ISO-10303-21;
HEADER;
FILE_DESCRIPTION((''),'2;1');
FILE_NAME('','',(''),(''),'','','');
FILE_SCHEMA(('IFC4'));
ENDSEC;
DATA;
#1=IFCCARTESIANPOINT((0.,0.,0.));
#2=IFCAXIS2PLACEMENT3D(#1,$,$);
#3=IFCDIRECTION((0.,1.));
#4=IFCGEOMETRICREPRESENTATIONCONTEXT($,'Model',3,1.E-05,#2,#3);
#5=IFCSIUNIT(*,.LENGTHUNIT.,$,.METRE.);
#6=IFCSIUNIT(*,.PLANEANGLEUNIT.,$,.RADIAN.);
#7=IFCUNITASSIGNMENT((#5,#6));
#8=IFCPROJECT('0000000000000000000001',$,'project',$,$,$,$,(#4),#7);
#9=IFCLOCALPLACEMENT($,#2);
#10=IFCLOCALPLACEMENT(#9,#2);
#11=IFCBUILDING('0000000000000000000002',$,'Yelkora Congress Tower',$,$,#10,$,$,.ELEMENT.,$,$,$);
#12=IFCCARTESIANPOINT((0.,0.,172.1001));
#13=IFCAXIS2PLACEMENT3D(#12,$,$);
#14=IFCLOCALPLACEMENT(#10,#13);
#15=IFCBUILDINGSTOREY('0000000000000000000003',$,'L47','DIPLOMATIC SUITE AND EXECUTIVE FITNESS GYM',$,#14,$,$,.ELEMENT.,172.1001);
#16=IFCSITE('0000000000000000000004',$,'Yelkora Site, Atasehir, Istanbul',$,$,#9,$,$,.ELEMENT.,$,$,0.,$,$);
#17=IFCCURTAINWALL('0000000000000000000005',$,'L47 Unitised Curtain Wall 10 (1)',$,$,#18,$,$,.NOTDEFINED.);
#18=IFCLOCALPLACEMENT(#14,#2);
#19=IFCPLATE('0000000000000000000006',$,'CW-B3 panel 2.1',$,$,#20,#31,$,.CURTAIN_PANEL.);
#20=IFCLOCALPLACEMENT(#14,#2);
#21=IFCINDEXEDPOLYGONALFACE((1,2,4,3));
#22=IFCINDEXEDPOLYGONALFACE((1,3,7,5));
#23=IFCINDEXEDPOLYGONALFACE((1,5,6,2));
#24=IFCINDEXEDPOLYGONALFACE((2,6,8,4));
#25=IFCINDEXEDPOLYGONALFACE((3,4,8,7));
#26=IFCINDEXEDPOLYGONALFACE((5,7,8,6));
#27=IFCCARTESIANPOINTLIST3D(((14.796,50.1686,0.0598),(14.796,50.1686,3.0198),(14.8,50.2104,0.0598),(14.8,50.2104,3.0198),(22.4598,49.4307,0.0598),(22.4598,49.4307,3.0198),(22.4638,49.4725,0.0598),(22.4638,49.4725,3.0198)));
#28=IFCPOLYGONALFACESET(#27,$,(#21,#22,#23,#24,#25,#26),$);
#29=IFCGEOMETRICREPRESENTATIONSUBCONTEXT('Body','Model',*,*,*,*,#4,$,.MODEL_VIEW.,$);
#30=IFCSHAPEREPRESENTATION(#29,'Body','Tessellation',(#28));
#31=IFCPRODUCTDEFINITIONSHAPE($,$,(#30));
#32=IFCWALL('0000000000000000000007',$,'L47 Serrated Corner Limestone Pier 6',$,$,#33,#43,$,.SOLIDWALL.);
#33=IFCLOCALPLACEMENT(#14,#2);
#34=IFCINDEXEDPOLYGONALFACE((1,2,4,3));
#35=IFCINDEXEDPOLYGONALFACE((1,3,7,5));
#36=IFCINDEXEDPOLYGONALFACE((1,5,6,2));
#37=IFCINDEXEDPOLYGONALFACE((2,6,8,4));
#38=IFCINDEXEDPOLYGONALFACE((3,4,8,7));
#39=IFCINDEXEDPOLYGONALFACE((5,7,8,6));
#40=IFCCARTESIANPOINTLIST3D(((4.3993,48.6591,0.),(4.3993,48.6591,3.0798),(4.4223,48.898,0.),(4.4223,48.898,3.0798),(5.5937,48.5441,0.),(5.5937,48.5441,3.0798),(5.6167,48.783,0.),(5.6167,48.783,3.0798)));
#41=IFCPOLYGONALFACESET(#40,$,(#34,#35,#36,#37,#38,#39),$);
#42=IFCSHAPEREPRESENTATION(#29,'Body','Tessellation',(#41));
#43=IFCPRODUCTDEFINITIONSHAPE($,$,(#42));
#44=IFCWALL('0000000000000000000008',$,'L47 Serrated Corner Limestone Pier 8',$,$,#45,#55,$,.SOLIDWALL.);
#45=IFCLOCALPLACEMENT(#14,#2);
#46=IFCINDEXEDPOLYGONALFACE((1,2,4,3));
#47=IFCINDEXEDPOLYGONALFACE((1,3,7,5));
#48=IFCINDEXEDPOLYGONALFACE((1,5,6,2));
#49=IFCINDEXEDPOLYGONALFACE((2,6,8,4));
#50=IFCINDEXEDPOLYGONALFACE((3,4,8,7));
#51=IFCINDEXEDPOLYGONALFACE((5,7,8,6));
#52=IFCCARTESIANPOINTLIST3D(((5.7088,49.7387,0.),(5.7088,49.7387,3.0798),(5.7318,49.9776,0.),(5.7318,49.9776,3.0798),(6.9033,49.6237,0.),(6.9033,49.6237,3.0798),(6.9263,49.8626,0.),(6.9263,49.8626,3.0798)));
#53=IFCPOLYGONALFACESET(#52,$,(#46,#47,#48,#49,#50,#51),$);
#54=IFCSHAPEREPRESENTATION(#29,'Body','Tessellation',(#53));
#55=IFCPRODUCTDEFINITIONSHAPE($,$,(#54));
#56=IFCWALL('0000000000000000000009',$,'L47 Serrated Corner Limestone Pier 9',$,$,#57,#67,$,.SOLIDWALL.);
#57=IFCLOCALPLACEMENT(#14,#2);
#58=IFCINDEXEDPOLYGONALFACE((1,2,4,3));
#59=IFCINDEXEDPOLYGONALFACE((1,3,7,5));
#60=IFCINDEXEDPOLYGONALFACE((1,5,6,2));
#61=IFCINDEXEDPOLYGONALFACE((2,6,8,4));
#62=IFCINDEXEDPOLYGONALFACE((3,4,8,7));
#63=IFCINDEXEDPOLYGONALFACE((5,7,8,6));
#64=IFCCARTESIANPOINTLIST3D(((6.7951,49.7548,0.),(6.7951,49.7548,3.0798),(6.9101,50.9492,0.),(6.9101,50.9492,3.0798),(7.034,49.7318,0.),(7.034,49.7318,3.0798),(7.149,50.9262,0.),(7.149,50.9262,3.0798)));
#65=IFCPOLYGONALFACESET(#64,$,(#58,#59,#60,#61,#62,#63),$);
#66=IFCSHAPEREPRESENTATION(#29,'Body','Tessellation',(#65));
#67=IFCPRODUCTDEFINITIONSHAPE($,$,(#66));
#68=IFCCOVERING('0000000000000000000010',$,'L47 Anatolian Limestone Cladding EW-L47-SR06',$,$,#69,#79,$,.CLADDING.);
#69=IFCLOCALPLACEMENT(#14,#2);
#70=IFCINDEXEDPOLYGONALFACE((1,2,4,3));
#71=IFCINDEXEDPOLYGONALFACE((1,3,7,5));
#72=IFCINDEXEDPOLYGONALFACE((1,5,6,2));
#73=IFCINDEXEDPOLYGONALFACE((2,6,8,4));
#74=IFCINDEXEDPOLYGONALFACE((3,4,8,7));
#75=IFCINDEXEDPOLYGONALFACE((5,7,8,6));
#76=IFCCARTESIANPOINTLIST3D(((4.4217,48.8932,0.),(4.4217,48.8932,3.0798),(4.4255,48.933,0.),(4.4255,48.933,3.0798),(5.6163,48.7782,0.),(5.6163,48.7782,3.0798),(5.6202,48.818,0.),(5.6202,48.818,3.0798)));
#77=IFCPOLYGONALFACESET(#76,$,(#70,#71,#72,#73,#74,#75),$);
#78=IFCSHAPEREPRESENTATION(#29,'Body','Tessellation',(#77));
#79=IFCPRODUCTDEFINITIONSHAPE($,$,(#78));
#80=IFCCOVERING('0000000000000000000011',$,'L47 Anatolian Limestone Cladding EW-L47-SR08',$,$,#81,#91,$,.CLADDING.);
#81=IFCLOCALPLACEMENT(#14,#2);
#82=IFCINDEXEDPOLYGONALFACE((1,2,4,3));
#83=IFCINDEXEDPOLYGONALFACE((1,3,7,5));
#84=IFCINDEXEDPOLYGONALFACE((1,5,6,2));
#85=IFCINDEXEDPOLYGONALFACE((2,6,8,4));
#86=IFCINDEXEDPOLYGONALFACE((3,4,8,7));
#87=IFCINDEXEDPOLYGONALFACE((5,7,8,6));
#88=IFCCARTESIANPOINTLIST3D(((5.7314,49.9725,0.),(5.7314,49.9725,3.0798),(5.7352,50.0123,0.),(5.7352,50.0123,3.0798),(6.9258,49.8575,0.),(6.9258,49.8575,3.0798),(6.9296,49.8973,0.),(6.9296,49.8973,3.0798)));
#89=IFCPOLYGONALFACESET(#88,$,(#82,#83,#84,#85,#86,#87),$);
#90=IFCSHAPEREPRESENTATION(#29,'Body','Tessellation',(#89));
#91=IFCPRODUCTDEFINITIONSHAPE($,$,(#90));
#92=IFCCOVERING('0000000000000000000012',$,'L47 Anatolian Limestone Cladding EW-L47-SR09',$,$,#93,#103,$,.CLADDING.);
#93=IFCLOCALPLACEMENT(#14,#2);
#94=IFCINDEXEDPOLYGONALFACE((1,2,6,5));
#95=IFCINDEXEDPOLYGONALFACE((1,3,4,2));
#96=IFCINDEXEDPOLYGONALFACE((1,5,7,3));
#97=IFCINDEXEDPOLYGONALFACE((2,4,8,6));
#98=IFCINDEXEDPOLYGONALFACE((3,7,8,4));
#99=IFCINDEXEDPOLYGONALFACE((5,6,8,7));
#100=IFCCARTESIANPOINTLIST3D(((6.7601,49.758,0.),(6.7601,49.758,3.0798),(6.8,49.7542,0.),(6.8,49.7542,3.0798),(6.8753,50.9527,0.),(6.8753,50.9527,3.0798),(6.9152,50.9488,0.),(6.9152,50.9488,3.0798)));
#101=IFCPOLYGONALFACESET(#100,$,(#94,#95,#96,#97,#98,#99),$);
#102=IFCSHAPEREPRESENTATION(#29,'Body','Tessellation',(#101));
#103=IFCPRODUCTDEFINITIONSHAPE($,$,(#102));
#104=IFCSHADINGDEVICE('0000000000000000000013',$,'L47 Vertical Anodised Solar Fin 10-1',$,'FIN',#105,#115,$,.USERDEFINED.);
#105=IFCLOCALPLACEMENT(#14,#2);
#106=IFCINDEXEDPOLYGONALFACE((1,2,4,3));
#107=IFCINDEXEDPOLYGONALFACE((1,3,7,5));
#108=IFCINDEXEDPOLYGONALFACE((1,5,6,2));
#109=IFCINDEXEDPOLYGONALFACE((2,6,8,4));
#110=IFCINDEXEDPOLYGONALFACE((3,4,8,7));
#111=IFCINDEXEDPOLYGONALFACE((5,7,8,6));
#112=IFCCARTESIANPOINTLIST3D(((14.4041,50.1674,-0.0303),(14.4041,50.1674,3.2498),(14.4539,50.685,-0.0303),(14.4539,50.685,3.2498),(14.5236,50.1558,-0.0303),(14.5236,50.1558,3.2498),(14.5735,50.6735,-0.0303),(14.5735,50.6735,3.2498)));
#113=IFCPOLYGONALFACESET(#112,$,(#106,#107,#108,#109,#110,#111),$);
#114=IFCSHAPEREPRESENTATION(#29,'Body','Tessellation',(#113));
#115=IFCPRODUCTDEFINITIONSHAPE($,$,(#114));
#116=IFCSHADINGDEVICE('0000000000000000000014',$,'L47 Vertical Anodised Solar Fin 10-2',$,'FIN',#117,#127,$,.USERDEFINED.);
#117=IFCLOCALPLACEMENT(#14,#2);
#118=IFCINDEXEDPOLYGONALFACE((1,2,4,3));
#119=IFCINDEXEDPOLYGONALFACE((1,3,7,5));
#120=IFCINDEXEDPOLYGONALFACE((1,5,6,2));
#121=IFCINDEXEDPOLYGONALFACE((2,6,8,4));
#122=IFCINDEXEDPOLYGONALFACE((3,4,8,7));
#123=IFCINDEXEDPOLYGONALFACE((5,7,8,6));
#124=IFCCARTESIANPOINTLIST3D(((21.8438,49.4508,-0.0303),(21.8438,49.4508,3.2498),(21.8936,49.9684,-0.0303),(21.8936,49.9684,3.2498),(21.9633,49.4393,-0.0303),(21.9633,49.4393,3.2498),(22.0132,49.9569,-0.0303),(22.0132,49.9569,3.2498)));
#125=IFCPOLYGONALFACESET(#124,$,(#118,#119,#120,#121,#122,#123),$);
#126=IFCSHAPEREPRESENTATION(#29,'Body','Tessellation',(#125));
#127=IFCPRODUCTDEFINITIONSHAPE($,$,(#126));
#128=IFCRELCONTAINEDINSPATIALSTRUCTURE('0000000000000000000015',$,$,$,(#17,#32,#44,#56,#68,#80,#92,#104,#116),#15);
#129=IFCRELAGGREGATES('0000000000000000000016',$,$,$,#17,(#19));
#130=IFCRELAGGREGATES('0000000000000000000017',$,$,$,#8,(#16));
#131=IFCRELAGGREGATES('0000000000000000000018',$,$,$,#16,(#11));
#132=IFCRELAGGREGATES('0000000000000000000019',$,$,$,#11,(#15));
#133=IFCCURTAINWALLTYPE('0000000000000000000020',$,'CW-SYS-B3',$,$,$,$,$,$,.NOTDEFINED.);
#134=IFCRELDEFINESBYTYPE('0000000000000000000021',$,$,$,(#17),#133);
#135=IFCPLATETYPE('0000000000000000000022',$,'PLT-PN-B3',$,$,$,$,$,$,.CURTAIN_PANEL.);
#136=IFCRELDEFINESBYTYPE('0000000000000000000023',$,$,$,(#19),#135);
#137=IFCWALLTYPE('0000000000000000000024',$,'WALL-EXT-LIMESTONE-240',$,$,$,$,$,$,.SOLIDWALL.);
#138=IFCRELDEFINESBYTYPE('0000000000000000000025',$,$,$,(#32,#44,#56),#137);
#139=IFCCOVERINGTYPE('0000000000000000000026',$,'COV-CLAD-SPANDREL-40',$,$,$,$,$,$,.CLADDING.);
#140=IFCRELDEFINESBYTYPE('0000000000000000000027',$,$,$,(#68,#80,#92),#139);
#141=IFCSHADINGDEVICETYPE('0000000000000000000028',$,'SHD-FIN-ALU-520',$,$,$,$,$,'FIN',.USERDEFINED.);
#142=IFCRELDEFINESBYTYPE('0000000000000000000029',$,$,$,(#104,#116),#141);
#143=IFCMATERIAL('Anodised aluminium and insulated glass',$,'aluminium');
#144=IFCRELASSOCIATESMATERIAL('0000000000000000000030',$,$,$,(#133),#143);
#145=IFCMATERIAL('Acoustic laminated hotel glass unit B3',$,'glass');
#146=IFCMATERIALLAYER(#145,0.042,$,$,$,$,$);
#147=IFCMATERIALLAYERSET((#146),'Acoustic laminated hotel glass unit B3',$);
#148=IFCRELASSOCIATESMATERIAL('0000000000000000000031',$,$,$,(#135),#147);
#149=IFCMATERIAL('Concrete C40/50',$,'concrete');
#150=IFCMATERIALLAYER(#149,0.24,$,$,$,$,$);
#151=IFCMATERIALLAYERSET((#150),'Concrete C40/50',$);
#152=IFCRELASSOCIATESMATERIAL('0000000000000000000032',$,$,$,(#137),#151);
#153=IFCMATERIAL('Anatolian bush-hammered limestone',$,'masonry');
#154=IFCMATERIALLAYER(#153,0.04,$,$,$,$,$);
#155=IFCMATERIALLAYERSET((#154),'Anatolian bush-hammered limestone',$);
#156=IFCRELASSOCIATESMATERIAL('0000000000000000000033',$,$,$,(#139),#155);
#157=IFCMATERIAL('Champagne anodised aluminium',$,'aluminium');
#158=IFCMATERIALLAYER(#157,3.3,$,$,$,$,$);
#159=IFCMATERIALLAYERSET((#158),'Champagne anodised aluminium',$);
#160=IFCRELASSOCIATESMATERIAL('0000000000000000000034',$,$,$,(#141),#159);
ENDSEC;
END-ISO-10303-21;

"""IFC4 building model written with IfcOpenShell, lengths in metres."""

from ifc_helpers import new_model, si_unit, direction, frame, frame_2d, origin, origin_2d, place, context, subcontext, project, spatial, rectangle, extrude, material, layer, layer_set, type_object, element, aggregate, save


model = new_model("IFC4")

# Units and contexts
model_context = context("Model", 3, precision=1e-05, world=origin(), true_north=direction((0.0, 1.0)))
body_context = subcontext(model_context, "Body", "Model", "MODEL_VIEW")
ifc_project = project(units=[si_unit("LENGTHUNIT", "METRE"), si_unit("PLANEANGLEUNIT", "RADIAN")], contexts=[model_context])

# Site, building, storey
site_placement = place(None, origin())
site = spatial("IfcSite", under=ifc_project, at=site_placement, Name="Yelkora Site, Atasehir, Istanbul", CompositionType="ELEMENT", RefElevation=0.0)
building_placement = place(site_placement, origin())
building = spatial("IfcBuilding", under=site, at=building_placement, Name="Yelkora Congress Tower", CompositionType="ELEMENT")
storey_placement = place(building_placement, frame((0.0, 0.0, 172.1001)))
storey = spatial("IfcBuildingStorey", under=building, at=storey_placement, Name="L47", Description="DIPLOMATIC SUITE AND EXECUTIVE FITNESS GYM", CompositionType="ELEMENT", Elevation=172.1001)

# Shared definitions
ifc_material_1 = material(Name="Anodised aluminium and insulated glass", Category="aluminium")
curtain_wall_type = type_object("IfcCurtainWallType", Name="CW-SYS-B3", PredefinedType="NOTDEFINED", material=ifc_material_1)

# Curtain wall, plate
curtain_wall_1_placement = place(storey_placement, origin())
curtain_wall_1 = element("IfcCurtainWall", 1, at=curtain_wall_1_placement, inside=storey, type_object=curtain_wall_type, Name="L47 Unitised Curtain Wall 10 (1)", PredefinedType="NOTDEFINED")
ifc_material_2 = material(Name="Acoustic laminated hotel glass unit B3", Category="glass")
ifc_layer_1 = layer(ifc_material_2, 0.042)
ifc_layer_set_1 = layer_set([ifc_layer_1], Name="Acoustic laminated hotel glass unit B3")
plate_type = type_object("IfcPlateType", Name="PLT-PN-B3", PredefinedType="CURTAIN_PANEL", material=ifc_layer_set_1)
plate_1_placement = place(storey_placement, frame((18.6299, 49.8206, 0.0598), z_axis=(0.0, 0.0, 1.0), x_axis=(0.995396, -0.095845, 0.0)))
plate_1 = element("IfcPlate", 2, at=plate_1_placement, type_object=plate_type, Name="CW-B3 panel 2.1", PredefinedType="CURTAIN_PANEL", context=body_context, shape_type="SweptSolid", body=[
    extrude(rectangle(XDim=7.6992, YDim=0.042, at=origin_2d()), origin(), (0.0, 0.0, 1.0), 2.96),
])
aggregate(curtain_wall_1, [plate_1])

# Walls
ifc_material_3 = material(Name="Concrete C40/50", Category="concrete")
ifc_layer_2 = layer(ifc_material_3, 0.24)
ifc_layer_set_2 = layer_set([ifc_layer_2], Name="Concrete C40/50")
wall_type = type_object("IfcWallType", Name="WALL-EXT-LIMESTONE-240", PredefinedType="SOLIDWALL", material=ifc_layer_set_2)
for number, where, z_axis, x_axis, name in (
    (3, (4.4106, 48.7786, 0.0), (0.0, 0.0, 1.0), (0.995397, -0.095836, 0.0), "L47 Serrated Corner Limestone Pier 6"),
    (4, (5.7202, 49.8582, 0.0), (0.0, 0.0, 1.0), (0.995397, -0.095836, 0.0), "L47 Serrated Corner Limestone Pier 8"),
    (5, (6.9146, 49.7432, 0.0), (0.0, 0.0, 1.0), (0.095836, 0.995397, 0.0), "L47 Serrated Corner Limestone Pier 9"),
):
    element("IfcWall", number, at=place(storey_placement, frame(where, z_axis=z_axis, x_axis=x_axis)), inside=storey, type_object=wall_type, Name=name, PredefinedType="SOLIDWALL", context=body_context, shape_type="SweptSolid", body=[
        extrude(rectangle(XDim=1.2, YDim=0.24, at=frame_2d((0.6001, 0.0))), origin(), (0.0, 0.0, 1.0), 3.0798),
    ])

# Coverings
ifc_material_4 = material(Name="Anatolian bush-hammered limestone", Category="masonry")
ifc_layer_3 = layer(ifc_material_4, 0.04)
ifc_layer_set_3 = layer_set([ifc_layer_3], Name="Anatolian bush-hammered limestone")
covering_type = type_object("IfcCoveringType", Name="COV-CLAD-SPANDREL-40", PredefinedType="CLADDING", material=ifc_layer_set_3)
covering_1_placement = place(storey_placement, frame((4.4236, 48.9131, 0.0), z_axis=(0.0, 0.0, 1.0), x_axis=(0.995399, -0.095817, 0.0)))
element("IfcCovering", 6, at=covering_1_placement, inside=storey, type_object=covering_type, Name="L47 Anatolian Limestone Cladding EW-L47-SR06", PredefinedType="CLADDING", context=body_context, shape_type="SweptSolid", body=[
    extrude(rectangle(XDim=1.2002, YDim=0.04, at=frame_2d((0.6001, 0.0))), origin(), (0.0, 0.0, 1.0), 3.0798),
])
covering_2_placement = place(storey_placement, frame((5.7332, 49.9924, 0.0), z_axis=(0.0, 0.0, 1.0), x_axis=(0.995397, -0.095836, 0.0)))
element("IfcCovering", 7, at=covering_2_placement, inside=storey, type_object=covering_type, Name="L47 Anatolian Limestone Cladding EW-L47-SR08", PredefinedType="CLADDING", context=body_context, shape_type="SweptSolid", body=[
    extrude(rectangle(XDim=1.2, YDim=0.04, at=frame_2d((0.6001, 0.0))), origin(), (0.0, 0.0, 1.0), 3.0798),
])
covering_3_placement = place(storey_placement, frame((6.78, 49.7561, 0.0), z_axis=(0.0, 0.0, 1.0), x_axis=(0.096019, 0.99538, 0.0)))
element("IfcCovering", 8, at=covering_3_placement, inside=storey, type_object=covering_type, Name="L47 Anatolian Limestone Cladding EW-L47-SR09", PredefinedType="CLADDING", context=body_context, shape_type="SweptSolid", body=[
    extrude(rectangle(XDim=1.2002, YDim=0.04, at=frame_2d((0.6001, 0.0))), origin(), (0.0, 0.0, 1.0), 3.0798),
])

# Shading devices
ifc_material_5 = material(Name="Champagne anodised aluminium", Category="aluminium")
ifc_layer_4 = layer(ifc_material_5, 3.3)
ifc_layer_set_4 = layer_set([ifc_layer_4], Name="Champagne anodised aluminium")
shading_device_type = type_object("IfcShadingDeviceType", Name="SHD-FIN-ALU-520", ElementType="FIN", PredefinedType="USERDEFINED", material=ifc_layer_set_4)
for number, where, z_axis, x_axis, name in (
    (9, (14.4888, 50.4204, -0.0303), (0.0, 0.0, 1.0), (0.995396, -0.095846, 0.0), "L47 Vertical Anodised Solar Fin 10-1"),
    (10, (21.9285, 49.7039, -0.0303), (0.0, 0.0, 1.0), (0.995396, -0.095846, 0.0), "L47 Vertical Anodised Solar Fin 10-2"),
):
    element("IfcShadingDevice", number, at=place(storey_placement, frame(where, z_axis=z_axis, x_axis=x_axis)), inside=storey, type_object=shading_device_type, Name=name, ObjectType="FIN", PredefinedType="USERDEFINED", context=body_context, shape_type="SweptSolid", body=[
        extrude(rectangle(XDim=0.1201, YDim=0.52, at=origin_2d()), origin(), (0.0, 0.0, 1.0), 3.28),
    ])

save(model, "model.ifc")
